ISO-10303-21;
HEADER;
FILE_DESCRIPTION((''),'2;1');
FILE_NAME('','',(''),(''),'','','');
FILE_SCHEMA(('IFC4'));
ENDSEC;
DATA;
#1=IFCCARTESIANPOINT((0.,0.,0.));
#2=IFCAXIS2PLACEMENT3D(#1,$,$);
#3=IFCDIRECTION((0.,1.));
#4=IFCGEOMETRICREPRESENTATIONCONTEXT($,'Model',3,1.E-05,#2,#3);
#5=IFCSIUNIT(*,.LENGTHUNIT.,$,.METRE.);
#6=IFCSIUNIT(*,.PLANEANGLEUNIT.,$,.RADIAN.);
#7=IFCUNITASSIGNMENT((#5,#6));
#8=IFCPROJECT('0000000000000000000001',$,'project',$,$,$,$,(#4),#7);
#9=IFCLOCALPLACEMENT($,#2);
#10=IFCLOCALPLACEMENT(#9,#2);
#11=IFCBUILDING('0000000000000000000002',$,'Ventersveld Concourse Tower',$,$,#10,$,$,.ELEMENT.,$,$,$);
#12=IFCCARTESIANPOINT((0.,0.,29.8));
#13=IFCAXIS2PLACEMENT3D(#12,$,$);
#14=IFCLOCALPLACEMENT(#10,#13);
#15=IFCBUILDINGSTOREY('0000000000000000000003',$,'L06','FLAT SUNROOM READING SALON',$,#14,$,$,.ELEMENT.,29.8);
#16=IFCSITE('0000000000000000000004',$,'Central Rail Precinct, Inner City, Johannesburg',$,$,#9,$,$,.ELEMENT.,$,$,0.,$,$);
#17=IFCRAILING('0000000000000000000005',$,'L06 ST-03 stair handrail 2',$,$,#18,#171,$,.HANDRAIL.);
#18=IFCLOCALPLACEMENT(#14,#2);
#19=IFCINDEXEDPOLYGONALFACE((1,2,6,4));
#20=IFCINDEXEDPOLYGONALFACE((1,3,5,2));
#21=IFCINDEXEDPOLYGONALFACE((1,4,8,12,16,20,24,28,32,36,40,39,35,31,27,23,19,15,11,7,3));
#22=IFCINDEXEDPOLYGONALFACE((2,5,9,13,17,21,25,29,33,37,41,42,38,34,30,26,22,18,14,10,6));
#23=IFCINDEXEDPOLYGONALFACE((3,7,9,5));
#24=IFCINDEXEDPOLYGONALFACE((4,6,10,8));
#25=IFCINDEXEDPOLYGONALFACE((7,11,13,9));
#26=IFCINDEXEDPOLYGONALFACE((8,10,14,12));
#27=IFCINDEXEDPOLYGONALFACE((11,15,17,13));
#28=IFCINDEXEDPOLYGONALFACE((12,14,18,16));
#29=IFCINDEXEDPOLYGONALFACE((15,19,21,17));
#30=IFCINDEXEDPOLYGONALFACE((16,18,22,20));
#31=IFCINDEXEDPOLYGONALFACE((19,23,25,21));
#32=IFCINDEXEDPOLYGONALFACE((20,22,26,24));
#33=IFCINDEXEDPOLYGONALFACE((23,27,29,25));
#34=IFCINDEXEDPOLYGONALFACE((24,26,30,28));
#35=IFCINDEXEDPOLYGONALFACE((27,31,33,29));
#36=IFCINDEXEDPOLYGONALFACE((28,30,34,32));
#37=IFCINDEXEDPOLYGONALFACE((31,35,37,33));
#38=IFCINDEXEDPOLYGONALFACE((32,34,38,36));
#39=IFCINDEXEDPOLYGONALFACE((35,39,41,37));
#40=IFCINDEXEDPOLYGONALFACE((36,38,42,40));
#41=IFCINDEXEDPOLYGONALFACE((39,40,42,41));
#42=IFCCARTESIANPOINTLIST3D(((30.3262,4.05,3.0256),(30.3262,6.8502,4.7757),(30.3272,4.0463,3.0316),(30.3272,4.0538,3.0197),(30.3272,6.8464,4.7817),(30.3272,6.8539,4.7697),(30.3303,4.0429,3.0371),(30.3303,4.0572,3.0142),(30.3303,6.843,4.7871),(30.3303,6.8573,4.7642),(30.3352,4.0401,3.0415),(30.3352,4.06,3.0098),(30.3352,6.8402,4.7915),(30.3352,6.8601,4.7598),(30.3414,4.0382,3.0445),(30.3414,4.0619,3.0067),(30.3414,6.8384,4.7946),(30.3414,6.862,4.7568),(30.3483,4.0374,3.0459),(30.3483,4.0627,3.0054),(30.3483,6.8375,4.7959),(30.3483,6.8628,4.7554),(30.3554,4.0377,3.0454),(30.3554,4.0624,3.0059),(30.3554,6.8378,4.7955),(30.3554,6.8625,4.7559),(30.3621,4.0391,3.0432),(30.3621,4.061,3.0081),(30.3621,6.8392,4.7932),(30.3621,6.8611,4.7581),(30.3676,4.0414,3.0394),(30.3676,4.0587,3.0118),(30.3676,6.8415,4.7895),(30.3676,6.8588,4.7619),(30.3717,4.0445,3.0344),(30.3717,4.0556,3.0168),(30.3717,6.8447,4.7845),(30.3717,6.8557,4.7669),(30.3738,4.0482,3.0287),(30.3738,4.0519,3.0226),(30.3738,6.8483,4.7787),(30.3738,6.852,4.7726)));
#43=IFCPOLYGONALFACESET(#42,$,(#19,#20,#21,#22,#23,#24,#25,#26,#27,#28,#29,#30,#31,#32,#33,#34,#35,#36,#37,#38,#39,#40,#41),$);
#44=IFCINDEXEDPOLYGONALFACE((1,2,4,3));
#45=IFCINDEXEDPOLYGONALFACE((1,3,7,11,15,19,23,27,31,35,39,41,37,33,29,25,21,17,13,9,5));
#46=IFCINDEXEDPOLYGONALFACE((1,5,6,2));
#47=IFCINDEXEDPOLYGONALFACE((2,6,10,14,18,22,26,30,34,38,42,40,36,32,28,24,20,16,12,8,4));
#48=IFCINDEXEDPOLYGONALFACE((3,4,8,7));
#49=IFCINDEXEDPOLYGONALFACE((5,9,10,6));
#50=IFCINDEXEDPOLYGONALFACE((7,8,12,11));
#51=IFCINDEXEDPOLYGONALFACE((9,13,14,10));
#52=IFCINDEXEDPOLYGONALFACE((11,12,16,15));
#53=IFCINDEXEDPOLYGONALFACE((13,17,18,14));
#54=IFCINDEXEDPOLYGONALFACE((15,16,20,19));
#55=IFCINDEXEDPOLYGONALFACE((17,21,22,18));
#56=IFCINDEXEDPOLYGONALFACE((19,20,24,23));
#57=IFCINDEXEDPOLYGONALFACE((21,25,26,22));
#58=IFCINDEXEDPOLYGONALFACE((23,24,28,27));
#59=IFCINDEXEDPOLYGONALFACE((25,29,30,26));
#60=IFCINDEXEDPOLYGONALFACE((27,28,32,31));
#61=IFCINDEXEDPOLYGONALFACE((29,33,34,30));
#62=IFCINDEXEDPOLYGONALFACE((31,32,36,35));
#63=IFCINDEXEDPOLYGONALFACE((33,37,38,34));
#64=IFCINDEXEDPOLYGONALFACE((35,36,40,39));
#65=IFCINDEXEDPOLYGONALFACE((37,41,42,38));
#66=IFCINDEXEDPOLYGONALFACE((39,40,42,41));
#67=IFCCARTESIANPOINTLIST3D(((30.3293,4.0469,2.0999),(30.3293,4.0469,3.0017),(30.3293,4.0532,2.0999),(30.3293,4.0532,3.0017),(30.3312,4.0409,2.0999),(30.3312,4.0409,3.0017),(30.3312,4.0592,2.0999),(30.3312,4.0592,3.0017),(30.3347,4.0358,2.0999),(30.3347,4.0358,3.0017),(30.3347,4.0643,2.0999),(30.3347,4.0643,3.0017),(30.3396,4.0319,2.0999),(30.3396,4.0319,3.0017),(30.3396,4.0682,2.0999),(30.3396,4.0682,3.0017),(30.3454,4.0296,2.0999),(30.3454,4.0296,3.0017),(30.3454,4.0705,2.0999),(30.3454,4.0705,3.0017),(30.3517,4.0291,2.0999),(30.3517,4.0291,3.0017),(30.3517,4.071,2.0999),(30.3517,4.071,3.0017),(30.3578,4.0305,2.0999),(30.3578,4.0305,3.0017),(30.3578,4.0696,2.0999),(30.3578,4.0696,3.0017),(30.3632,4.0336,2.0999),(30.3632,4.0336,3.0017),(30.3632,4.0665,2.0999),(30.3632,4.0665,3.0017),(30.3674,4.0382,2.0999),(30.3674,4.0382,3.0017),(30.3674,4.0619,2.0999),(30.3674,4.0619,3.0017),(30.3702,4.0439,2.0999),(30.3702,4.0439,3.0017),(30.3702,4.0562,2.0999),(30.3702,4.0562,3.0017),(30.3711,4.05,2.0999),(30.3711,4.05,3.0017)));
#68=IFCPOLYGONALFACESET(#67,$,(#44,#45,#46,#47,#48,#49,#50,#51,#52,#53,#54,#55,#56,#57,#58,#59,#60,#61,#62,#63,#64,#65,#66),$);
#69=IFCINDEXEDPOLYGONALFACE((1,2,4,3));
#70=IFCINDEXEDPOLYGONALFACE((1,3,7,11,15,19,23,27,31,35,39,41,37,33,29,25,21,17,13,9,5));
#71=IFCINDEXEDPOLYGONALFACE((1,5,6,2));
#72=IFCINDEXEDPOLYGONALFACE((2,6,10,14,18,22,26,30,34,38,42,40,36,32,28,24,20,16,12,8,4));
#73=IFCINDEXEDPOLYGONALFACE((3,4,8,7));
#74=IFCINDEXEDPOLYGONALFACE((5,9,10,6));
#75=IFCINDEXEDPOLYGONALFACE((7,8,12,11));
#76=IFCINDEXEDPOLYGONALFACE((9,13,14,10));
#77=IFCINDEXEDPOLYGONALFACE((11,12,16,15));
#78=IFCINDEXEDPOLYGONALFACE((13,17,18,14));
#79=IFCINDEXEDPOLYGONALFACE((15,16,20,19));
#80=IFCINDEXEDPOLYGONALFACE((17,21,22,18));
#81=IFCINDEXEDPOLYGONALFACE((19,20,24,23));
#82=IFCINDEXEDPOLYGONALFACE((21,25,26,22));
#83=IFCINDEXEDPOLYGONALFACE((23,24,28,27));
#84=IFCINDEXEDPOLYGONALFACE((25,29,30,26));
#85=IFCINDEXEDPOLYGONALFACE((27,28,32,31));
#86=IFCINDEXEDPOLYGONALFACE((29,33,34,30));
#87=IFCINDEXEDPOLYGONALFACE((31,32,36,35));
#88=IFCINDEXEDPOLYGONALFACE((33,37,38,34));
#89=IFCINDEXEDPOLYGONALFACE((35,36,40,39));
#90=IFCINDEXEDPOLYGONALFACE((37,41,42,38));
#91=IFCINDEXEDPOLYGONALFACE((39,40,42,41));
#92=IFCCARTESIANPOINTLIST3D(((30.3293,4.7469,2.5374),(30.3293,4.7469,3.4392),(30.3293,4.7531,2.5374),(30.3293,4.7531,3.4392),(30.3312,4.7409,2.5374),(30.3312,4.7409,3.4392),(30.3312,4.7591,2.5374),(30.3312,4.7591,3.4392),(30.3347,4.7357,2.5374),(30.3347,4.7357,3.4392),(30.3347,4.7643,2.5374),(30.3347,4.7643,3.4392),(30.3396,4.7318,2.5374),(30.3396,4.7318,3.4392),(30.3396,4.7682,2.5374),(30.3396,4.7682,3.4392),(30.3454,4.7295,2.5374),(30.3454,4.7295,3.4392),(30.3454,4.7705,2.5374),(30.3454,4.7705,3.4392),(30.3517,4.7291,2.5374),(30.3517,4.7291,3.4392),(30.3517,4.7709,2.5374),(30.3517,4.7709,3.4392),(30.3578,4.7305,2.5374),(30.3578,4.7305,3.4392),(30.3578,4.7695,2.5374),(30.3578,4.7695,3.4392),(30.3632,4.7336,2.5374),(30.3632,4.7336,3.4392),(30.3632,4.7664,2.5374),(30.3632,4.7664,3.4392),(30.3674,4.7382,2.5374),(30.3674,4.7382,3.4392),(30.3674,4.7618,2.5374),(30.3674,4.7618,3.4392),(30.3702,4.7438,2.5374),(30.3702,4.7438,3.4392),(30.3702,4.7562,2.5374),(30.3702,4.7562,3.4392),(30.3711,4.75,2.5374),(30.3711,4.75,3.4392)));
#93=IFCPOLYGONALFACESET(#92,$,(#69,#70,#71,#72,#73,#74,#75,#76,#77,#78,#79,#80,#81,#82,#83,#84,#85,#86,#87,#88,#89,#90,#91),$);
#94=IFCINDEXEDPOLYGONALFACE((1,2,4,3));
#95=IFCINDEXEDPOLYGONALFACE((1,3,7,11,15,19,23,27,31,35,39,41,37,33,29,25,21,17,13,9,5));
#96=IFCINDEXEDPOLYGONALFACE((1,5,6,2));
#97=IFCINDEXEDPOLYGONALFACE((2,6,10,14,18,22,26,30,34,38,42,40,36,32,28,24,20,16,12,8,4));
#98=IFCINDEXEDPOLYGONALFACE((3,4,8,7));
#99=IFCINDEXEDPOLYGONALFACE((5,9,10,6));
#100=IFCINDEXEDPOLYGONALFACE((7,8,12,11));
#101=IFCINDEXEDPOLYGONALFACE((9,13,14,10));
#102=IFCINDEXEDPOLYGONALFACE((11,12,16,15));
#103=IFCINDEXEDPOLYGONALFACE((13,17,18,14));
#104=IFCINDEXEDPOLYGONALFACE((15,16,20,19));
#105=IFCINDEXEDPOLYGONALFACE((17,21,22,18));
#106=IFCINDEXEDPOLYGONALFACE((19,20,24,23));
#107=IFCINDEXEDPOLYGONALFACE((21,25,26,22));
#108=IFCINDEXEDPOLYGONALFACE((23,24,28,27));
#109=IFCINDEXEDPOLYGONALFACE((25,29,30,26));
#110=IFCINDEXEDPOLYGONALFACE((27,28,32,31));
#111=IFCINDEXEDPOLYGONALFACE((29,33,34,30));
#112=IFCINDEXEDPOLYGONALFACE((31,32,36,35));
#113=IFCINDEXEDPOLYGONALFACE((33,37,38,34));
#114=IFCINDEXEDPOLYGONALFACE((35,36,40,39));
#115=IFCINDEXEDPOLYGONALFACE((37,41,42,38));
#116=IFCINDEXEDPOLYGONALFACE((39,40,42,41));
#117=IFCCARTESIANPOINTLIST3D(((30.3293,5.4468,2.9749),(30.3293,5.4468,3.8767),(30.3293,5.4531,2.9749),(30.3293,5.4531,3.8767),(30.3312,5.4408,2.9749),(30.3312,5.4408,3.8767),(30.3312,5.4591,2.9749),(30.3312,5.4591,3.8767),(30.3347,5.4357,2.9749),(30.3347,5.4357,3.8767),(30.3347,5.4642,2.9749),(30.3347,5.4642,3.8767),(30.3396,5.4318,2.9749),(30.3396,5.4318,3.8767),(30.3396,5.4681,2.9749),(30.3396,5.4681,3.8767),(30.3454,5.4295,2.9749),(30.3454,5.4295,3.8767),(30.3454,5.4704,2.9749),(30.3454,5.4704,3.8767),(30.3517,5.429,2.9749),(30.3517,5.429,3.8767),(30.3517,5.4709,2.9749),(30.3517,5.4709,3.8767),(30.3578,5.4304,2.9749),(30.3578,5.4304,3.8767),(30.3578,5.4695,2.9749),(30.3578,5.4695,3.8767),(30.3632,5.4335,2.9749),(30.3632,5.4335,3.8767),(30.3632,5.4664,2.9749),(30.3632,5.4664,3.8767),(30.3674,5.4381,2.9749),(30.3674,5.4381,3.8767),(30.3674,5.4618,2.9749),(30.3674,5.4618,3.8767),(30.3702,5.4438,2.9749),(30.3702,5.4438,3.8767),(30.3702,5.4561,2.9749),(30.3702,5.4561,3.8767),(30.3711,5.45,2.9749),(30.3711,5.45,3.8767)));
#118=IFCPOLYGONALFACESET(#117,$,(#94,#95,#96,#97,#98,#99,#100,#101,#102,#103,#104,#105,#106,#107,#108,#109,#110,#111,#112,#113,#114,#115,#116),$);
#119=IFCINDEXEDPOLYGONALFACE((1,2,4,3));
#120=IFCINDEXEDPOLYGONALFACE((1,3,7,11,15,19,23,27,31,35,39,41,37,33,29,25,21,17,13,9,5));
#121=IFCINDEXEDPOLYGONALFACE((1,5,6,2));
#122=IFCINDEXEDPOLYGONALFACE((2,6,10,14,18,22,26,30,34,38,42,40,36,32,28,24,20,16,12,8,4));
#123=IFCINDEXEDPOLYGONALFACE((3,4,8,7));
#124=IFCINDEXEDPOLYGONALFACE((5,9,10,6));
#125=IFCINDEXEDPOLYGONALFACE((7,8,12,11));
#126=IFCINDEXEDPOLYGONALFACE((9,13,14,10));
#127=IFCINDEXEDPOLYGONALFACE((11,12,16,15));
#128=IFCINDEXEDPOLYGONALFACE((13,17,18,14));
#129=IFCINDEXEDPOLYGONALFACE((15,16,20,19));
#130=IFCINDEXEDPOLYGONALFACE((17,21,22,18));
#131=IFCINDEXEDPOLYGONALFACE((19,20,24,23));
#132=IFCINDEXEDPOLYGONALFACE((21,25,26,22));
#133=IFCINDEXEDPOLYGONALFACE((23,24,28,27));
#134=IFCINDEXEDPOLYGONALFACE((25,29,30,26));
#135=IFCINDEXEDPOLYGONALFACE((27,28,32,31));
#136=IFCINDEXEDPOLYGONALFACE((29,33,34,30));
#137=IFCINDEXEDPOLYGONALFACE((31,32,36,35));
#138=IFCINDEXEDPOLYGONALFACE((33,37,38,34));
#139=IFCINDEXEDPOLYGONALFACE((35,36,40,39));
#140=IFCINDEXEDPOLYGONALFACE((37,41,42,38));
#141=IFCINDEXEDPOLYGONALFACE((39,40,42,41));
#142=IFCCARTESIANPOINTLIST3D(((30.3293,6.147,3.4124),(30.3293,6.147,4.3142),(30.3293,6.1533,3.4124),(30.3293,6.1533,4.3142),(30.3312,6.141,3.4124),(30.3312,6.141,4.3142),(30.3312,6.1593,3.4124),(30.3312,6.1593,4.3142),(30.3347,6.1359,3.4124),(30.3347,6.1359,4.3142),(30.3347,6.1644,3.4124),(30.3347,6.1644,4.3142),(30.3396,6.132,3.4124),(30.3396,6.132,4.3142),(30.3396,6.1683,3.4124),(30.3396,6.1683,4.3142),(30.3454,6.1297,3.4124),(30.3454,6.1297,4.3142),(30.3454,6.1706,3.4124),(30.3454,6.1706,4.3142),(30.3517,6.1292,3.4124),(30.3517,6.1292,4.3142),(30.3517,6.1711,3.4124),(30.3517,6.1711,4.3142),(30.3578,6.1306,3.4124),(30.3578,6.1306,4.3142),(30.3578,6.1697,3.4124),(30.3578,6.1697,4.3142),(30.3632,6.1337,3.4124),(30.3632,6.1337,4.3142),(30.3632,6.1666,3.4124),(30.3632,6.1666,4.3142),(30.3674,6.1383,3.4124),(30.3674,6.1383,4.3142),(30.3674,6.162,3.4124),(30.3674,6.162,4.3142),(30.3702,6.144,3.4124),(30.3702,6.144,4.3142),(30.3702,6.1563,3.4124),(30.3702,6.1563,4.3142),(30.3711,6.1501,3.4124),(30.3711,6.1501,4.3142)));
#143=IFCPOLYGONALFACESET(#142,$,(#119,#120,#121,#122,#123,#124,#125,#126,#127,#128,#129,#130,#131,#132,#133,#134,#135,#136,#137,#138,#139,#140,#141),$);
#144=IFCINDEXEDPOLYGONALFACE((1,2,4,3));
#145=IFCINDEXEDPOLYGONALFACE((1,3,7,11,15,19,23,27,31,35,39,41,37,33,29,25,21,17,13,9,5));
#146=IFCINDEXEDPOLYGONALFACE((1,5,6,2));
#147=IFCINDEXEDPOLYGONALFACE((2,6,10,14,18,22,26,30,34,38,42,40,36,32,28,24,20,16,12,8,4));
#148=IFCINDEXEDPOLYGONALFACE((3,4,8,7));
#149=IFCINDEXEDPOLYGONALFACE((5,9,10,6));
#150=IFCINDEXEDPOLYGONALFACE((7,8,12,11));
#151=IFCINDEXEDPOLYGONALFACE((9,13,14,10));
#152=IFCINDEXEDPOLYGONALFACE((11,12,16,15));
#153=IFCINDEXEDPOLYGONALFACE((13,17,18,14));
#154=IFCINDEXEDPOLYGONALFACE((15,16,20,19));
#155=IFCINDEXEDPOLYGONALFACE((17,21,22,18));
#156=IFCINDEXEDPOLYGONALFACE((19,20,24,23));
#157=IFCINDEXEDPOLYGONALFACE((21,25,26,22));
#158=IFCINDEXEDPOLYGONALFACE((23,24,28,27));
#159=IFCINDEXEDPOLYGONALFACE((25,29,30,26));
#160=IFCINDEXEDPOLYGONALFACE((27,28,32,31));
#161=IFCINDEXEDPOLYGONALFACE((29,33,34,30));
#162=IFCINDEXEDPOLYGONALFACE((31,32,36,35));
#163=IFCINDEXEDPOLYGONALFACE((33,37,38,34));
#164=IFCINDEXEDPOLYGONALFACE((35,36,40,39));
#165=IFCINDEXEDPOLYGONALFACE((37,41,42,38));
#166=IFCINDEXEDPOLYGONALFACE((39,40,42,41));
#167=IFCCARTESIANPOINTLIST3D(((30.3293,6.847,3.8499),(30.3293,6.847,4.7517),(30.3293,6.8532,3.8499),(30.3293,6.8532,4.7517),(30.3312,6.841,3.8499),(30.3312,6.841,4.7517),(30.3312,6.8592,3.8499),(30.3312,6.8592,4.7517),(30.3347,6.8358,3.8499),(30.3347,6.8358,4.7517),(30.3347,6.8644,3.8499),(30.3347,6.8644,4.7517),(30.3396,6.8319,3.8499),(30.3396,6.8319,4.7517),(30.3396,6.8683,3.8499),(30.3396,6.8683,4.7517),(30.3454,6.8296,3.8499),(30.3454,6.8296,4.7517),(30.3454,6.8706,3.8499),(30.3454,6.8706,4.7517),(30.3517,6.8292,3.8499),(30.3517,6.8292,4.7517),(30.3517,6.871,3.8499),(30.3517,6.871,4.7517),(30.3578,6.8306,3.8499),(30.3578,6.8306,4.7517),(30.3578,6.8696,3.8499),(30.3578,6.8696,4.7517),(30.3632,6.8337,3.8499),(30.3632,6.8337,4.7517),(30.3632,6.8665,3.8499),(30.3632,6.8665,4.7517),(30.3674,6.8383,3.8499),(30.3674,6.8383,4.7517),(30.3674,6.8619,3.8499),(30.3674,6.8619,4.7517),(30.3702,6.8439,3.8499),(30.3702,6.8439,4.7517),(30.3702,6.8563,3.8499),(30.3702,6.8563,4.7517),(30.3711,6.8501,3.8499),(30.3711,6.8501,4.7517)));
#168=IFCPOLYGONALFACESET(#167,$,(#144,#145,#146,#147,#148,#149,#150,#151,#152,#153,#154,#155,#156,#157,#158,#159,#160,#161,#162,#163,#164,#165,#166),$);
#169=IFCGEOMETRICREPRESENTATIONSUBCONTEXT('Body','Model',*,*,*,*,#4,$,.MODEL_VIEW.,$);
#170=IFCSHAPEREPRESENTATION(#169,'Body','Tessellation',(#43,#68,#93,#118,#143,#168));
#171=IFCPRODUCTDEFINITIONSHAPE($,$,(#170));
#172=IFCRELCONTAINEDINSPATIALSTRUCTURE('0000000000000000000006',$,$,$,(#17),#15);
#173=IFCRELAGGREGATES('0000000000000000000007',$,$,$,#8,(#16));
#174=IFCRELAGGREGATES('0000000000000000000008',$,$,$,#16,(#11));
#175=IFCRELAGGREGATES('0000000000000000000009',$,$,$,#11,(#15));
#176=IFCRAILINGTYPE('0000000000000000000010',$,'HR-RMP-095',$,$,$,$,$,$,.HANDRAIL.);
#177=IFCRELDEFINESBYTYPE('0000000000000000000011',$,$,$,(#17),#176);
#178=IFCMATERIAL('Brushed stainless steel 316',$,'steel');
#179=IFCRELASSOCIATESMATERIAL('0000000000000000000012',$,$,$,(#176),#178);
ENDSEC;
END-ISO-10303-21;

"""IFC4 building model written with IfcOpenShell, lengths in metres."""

from ifc_helpers import new_model, si_unit, direction, frame, origin, origin_2d, place, context, subcontext, project, spatial, circle, extrude, material, type_object, element, save


model = new_model("IFC4")

# Units and contexts
model_context = context("Model", 3, precision=1e-05, world=origin(), true_north=direction((0.0, 1.0)))
body_context = subcontext(model_context, "Body", "Model", "MODEL_VIEW")
ifc_project = project(units=[si_unit("LENGTHUNIT", "METRE"), si_unit("PLANEANGLEUNIT", "RADIAN")], contexts=[model_context])

# Site, building, storey
site_placement = place(None, origin())
site = spatial("IfcSite", under=ifc_project, at=site_placement, Name="Central Rail Precinct, Inner City, Johannesburg", CompositionType="ELEMENT", RefElevation=0.0)
building_placement = place(site_placement, origin())
building = spatial("IfcBuilding", under=site, at=building_placement, Name="Ventersveld Concourse Tower", CompositionType="ELEMENT")
storey_placement = place(building_placement, frame((0.0, 0.0, 29.8)))
storey = spatial("IfcBuildingStorey", under=building, at=storey_placement, Name="L06", Description="FLAT SUNROOM READING SALON", CompositionType="ELEMENT", Elevation=29.8)

# Railing
ifc_material_1 = material(Name="Brushed stainless steel 316", Category="steel")
railing_type_1 = type_object("IfcRailingType", Name="HR-RMP-095", PredefinedType="HANDRAIL", material=ifc_material_1)
railing_1_placement = place(storey_placement, frame((30.3501, 4.05, 2.0999)))
element("IfcRailing", 1, at=railing_1_placement, inside=storey, type_object=railing_type_1, Name="L06 ST-03 stair handrail 2", PredefinedType="HANDRAIL", context=body_context, shape_type="SweptSolid", body=[
    extrude(circle(Radius=0.0239, at=origin_2d()), frame((0.0, 0.0, 0.9258), z_axis=(0.0, 0.848002, 0.529992), x_axis=(-1.0, 0.0, 0.0)), (0.0, 0.0, 1.0), 3.302),
    extrude(circle(Radius=0.021, at=origin_2d()), origin(), (0.0, 0.0, 1.0), 0.9019),
    extrude(circle(Radius=0.021, at=origin_2d()), frame((0.0, 0.7, 0.4375)), (0.0, 0.0, 1.0), 0.9019),
    extrude(circle(Radius=0.021, at=origin_2d()), frame((0.0, 1.3999, 0.875)), (0.0, 0.0, 1.0), 0.9019),
    extrude(circle(Radius=0.021, at=origin_2d()), frame((0.0, 2.1001, 1.3125)), (0.0, 0.0, 1.0), 0.9019),
    extrude(circle(Radius=0.021, at=origin_2d()), frame((0.0, 2.8, 1.75)), (0.0, 0.0, 1.0), 0.9019),
])

save(model, "model.ifc")
